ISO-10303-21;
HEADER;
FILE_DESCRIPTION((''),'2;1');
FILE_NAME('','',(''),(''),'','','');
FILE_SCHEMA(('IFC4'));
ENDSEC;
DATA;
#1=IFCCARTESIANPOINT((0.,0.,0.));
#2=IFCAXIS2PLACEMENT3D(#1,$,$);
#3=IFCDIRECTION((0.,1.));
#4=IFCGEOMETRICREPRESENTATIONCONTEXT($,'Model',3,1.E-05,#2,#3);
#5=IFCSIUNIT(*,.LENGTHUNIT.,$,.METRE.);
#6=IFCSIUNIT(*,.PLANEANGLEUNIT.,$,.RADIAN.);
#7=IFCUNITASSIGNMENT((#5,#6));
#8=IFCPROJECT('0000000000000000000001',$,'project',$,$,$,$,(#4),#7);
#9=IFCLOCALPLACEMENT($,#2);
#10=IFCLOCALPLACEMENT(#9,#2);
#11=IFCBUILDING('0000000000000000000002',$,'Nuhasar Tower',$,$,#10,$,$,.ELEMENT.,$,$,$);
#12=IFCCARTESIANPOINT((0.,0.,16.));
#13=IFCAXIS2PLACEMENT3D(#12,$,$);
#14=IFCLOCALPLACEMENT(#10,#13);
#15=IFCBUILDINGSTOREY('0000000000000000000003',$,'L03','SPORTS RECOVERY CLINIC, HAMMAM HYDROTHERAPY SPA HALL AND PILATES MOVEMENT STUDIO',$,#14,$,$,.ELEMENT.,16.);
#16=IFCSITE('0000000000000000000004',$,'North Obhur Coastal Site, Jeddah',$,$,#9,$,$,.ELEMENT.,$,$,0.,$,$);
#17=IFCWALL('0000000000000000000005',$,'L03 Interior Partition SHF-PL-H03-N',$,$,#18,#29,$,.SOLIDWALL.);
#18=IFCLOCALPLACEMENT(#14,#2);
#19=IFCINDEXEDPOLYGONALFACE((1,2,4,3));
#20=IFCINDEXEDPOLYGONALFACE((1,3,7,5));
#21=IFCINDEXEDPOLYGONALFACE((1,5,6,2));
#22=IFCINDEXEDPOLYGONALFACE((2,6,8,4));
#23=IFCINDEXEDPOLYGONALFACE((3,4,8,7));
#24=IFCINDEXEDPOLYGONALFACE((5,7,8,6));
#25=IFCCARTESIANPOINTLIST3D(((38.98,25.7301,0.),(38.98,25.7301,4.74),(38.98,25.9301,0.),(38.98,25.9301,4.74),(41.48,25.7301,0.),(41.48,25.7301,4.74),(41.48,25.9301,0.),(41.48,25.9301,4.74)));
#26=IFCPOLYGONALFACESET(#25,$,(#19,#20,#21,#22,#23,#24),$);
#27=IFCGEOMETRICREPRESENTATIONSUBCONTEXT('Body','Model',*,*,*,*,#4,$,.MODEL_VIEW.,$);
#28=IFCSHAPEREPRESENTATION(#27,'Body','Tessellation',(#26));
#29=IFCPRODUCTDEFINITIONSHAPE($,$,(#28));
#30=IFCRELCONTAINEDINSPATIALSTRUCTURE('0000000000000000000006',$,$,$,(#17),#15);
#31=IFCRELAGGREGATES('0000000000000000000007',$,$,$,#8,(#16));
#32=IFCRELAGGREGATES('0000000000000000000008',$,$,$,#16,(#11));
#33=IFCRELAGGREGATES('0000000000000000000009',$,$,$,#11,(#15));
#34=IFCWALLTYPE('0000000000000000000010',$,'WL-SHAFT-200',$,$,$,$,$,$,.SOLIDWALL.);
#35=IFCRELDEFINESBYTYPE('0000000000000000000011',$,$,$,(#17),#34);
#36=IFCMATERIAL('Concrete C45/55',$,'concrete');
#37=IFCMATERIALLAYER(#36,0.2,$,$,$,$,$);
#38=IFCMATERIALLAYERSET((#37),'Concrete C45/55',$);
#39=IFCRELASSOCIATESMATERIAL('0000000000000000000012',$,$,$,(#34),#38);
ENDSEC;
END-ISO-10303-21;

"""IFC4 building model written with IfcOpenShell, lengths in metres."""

from ifc_helpers import new_model, si_unit, direction, frame, frame_2d, origin, place, context, subcontext, project, spatial, rectangle, extrude, material, layer, layer_set, type_object, element, save


model = new_model("IFC4")

# Units and contexts
model_context = context("Model", 3, precision=1e-05, world=origin(), true_north=direction((0.0, 1.0)))
body_context = subcontext(model_context, "Body", "Model", "MODEL_VIEW")
ifc_project = project(units=[si_unit("LENGTHUNIT", "METRE"), si_unit("PLANEANGLEUNIT", "RADIAN")], contexts=[model_context])

# Site, building, storey
site_placement = place(None, origin())
site = spatial("IfcSite", under=ifc_project, at=site_placement, Name="North Obhur Coastal Site, Jeddah", CompositionType="ELEMENT", RefElevation=0.0)
building_placement = place(site_placement, origin())
building = spatial("IfcBuilding", under=site, at=building_placement, Name="Nuhasar Tower", CompositionType="ELEMENT")
storey_placement = place(building_placement, frame((0.0, 0.0, 16.0)))
storey = spatial("IfcBuildingStorey", under=building, at=storey_placement, Name="L03", Description="SPORTS RECOVERY CLINIC, HAMMAM HYDROTHERAPY SPA HALL AND PILATES MOVEMENT STUDIO", CompositionType="ELEMENT", Elevation=16.0)

# Shared definitions
ifc_material_1 = material(Name="Concrete C45/55", Category="concrete")

# Wall
ifc_layer_1 = layer(ifc_material_1, 0.2)
ifc_layer_set_1 = layer_set([ifc_layer_1], Name="Concrete C45/55")
wall_type_1 = type_object("IfcWallType", Name="WL-SHAFT-200", PredefinedType="SOLIDWALL", material=ifc_layer_set_1)
for number, where, z_axis, x_axis, name in (
    (1, (38.98, 25.8301, 0.0), (0.0, 0.0, 1.0), (1.0, 0.0, 0.0), "L03 Interior Partition SHF-PL-H03-N"),
):
    element("IfcWall", number, at=place(storey_placement, frame(where, z_axis=z_axis, x_axis=x_axis)), inside=storey, type_object=wall_type_1, Name=name, PredefinedType="SOLIDWALL", context=body_context, shape_type="SweptSolid", body=[
        extrude(rectangle(XDim=2.5, YDim=0.2, at=frame_2d((1.25, 0.0))), origin(), (0.0, 0.0, 1.0), 4.74),
    ])

save(model, "model.ifc")
